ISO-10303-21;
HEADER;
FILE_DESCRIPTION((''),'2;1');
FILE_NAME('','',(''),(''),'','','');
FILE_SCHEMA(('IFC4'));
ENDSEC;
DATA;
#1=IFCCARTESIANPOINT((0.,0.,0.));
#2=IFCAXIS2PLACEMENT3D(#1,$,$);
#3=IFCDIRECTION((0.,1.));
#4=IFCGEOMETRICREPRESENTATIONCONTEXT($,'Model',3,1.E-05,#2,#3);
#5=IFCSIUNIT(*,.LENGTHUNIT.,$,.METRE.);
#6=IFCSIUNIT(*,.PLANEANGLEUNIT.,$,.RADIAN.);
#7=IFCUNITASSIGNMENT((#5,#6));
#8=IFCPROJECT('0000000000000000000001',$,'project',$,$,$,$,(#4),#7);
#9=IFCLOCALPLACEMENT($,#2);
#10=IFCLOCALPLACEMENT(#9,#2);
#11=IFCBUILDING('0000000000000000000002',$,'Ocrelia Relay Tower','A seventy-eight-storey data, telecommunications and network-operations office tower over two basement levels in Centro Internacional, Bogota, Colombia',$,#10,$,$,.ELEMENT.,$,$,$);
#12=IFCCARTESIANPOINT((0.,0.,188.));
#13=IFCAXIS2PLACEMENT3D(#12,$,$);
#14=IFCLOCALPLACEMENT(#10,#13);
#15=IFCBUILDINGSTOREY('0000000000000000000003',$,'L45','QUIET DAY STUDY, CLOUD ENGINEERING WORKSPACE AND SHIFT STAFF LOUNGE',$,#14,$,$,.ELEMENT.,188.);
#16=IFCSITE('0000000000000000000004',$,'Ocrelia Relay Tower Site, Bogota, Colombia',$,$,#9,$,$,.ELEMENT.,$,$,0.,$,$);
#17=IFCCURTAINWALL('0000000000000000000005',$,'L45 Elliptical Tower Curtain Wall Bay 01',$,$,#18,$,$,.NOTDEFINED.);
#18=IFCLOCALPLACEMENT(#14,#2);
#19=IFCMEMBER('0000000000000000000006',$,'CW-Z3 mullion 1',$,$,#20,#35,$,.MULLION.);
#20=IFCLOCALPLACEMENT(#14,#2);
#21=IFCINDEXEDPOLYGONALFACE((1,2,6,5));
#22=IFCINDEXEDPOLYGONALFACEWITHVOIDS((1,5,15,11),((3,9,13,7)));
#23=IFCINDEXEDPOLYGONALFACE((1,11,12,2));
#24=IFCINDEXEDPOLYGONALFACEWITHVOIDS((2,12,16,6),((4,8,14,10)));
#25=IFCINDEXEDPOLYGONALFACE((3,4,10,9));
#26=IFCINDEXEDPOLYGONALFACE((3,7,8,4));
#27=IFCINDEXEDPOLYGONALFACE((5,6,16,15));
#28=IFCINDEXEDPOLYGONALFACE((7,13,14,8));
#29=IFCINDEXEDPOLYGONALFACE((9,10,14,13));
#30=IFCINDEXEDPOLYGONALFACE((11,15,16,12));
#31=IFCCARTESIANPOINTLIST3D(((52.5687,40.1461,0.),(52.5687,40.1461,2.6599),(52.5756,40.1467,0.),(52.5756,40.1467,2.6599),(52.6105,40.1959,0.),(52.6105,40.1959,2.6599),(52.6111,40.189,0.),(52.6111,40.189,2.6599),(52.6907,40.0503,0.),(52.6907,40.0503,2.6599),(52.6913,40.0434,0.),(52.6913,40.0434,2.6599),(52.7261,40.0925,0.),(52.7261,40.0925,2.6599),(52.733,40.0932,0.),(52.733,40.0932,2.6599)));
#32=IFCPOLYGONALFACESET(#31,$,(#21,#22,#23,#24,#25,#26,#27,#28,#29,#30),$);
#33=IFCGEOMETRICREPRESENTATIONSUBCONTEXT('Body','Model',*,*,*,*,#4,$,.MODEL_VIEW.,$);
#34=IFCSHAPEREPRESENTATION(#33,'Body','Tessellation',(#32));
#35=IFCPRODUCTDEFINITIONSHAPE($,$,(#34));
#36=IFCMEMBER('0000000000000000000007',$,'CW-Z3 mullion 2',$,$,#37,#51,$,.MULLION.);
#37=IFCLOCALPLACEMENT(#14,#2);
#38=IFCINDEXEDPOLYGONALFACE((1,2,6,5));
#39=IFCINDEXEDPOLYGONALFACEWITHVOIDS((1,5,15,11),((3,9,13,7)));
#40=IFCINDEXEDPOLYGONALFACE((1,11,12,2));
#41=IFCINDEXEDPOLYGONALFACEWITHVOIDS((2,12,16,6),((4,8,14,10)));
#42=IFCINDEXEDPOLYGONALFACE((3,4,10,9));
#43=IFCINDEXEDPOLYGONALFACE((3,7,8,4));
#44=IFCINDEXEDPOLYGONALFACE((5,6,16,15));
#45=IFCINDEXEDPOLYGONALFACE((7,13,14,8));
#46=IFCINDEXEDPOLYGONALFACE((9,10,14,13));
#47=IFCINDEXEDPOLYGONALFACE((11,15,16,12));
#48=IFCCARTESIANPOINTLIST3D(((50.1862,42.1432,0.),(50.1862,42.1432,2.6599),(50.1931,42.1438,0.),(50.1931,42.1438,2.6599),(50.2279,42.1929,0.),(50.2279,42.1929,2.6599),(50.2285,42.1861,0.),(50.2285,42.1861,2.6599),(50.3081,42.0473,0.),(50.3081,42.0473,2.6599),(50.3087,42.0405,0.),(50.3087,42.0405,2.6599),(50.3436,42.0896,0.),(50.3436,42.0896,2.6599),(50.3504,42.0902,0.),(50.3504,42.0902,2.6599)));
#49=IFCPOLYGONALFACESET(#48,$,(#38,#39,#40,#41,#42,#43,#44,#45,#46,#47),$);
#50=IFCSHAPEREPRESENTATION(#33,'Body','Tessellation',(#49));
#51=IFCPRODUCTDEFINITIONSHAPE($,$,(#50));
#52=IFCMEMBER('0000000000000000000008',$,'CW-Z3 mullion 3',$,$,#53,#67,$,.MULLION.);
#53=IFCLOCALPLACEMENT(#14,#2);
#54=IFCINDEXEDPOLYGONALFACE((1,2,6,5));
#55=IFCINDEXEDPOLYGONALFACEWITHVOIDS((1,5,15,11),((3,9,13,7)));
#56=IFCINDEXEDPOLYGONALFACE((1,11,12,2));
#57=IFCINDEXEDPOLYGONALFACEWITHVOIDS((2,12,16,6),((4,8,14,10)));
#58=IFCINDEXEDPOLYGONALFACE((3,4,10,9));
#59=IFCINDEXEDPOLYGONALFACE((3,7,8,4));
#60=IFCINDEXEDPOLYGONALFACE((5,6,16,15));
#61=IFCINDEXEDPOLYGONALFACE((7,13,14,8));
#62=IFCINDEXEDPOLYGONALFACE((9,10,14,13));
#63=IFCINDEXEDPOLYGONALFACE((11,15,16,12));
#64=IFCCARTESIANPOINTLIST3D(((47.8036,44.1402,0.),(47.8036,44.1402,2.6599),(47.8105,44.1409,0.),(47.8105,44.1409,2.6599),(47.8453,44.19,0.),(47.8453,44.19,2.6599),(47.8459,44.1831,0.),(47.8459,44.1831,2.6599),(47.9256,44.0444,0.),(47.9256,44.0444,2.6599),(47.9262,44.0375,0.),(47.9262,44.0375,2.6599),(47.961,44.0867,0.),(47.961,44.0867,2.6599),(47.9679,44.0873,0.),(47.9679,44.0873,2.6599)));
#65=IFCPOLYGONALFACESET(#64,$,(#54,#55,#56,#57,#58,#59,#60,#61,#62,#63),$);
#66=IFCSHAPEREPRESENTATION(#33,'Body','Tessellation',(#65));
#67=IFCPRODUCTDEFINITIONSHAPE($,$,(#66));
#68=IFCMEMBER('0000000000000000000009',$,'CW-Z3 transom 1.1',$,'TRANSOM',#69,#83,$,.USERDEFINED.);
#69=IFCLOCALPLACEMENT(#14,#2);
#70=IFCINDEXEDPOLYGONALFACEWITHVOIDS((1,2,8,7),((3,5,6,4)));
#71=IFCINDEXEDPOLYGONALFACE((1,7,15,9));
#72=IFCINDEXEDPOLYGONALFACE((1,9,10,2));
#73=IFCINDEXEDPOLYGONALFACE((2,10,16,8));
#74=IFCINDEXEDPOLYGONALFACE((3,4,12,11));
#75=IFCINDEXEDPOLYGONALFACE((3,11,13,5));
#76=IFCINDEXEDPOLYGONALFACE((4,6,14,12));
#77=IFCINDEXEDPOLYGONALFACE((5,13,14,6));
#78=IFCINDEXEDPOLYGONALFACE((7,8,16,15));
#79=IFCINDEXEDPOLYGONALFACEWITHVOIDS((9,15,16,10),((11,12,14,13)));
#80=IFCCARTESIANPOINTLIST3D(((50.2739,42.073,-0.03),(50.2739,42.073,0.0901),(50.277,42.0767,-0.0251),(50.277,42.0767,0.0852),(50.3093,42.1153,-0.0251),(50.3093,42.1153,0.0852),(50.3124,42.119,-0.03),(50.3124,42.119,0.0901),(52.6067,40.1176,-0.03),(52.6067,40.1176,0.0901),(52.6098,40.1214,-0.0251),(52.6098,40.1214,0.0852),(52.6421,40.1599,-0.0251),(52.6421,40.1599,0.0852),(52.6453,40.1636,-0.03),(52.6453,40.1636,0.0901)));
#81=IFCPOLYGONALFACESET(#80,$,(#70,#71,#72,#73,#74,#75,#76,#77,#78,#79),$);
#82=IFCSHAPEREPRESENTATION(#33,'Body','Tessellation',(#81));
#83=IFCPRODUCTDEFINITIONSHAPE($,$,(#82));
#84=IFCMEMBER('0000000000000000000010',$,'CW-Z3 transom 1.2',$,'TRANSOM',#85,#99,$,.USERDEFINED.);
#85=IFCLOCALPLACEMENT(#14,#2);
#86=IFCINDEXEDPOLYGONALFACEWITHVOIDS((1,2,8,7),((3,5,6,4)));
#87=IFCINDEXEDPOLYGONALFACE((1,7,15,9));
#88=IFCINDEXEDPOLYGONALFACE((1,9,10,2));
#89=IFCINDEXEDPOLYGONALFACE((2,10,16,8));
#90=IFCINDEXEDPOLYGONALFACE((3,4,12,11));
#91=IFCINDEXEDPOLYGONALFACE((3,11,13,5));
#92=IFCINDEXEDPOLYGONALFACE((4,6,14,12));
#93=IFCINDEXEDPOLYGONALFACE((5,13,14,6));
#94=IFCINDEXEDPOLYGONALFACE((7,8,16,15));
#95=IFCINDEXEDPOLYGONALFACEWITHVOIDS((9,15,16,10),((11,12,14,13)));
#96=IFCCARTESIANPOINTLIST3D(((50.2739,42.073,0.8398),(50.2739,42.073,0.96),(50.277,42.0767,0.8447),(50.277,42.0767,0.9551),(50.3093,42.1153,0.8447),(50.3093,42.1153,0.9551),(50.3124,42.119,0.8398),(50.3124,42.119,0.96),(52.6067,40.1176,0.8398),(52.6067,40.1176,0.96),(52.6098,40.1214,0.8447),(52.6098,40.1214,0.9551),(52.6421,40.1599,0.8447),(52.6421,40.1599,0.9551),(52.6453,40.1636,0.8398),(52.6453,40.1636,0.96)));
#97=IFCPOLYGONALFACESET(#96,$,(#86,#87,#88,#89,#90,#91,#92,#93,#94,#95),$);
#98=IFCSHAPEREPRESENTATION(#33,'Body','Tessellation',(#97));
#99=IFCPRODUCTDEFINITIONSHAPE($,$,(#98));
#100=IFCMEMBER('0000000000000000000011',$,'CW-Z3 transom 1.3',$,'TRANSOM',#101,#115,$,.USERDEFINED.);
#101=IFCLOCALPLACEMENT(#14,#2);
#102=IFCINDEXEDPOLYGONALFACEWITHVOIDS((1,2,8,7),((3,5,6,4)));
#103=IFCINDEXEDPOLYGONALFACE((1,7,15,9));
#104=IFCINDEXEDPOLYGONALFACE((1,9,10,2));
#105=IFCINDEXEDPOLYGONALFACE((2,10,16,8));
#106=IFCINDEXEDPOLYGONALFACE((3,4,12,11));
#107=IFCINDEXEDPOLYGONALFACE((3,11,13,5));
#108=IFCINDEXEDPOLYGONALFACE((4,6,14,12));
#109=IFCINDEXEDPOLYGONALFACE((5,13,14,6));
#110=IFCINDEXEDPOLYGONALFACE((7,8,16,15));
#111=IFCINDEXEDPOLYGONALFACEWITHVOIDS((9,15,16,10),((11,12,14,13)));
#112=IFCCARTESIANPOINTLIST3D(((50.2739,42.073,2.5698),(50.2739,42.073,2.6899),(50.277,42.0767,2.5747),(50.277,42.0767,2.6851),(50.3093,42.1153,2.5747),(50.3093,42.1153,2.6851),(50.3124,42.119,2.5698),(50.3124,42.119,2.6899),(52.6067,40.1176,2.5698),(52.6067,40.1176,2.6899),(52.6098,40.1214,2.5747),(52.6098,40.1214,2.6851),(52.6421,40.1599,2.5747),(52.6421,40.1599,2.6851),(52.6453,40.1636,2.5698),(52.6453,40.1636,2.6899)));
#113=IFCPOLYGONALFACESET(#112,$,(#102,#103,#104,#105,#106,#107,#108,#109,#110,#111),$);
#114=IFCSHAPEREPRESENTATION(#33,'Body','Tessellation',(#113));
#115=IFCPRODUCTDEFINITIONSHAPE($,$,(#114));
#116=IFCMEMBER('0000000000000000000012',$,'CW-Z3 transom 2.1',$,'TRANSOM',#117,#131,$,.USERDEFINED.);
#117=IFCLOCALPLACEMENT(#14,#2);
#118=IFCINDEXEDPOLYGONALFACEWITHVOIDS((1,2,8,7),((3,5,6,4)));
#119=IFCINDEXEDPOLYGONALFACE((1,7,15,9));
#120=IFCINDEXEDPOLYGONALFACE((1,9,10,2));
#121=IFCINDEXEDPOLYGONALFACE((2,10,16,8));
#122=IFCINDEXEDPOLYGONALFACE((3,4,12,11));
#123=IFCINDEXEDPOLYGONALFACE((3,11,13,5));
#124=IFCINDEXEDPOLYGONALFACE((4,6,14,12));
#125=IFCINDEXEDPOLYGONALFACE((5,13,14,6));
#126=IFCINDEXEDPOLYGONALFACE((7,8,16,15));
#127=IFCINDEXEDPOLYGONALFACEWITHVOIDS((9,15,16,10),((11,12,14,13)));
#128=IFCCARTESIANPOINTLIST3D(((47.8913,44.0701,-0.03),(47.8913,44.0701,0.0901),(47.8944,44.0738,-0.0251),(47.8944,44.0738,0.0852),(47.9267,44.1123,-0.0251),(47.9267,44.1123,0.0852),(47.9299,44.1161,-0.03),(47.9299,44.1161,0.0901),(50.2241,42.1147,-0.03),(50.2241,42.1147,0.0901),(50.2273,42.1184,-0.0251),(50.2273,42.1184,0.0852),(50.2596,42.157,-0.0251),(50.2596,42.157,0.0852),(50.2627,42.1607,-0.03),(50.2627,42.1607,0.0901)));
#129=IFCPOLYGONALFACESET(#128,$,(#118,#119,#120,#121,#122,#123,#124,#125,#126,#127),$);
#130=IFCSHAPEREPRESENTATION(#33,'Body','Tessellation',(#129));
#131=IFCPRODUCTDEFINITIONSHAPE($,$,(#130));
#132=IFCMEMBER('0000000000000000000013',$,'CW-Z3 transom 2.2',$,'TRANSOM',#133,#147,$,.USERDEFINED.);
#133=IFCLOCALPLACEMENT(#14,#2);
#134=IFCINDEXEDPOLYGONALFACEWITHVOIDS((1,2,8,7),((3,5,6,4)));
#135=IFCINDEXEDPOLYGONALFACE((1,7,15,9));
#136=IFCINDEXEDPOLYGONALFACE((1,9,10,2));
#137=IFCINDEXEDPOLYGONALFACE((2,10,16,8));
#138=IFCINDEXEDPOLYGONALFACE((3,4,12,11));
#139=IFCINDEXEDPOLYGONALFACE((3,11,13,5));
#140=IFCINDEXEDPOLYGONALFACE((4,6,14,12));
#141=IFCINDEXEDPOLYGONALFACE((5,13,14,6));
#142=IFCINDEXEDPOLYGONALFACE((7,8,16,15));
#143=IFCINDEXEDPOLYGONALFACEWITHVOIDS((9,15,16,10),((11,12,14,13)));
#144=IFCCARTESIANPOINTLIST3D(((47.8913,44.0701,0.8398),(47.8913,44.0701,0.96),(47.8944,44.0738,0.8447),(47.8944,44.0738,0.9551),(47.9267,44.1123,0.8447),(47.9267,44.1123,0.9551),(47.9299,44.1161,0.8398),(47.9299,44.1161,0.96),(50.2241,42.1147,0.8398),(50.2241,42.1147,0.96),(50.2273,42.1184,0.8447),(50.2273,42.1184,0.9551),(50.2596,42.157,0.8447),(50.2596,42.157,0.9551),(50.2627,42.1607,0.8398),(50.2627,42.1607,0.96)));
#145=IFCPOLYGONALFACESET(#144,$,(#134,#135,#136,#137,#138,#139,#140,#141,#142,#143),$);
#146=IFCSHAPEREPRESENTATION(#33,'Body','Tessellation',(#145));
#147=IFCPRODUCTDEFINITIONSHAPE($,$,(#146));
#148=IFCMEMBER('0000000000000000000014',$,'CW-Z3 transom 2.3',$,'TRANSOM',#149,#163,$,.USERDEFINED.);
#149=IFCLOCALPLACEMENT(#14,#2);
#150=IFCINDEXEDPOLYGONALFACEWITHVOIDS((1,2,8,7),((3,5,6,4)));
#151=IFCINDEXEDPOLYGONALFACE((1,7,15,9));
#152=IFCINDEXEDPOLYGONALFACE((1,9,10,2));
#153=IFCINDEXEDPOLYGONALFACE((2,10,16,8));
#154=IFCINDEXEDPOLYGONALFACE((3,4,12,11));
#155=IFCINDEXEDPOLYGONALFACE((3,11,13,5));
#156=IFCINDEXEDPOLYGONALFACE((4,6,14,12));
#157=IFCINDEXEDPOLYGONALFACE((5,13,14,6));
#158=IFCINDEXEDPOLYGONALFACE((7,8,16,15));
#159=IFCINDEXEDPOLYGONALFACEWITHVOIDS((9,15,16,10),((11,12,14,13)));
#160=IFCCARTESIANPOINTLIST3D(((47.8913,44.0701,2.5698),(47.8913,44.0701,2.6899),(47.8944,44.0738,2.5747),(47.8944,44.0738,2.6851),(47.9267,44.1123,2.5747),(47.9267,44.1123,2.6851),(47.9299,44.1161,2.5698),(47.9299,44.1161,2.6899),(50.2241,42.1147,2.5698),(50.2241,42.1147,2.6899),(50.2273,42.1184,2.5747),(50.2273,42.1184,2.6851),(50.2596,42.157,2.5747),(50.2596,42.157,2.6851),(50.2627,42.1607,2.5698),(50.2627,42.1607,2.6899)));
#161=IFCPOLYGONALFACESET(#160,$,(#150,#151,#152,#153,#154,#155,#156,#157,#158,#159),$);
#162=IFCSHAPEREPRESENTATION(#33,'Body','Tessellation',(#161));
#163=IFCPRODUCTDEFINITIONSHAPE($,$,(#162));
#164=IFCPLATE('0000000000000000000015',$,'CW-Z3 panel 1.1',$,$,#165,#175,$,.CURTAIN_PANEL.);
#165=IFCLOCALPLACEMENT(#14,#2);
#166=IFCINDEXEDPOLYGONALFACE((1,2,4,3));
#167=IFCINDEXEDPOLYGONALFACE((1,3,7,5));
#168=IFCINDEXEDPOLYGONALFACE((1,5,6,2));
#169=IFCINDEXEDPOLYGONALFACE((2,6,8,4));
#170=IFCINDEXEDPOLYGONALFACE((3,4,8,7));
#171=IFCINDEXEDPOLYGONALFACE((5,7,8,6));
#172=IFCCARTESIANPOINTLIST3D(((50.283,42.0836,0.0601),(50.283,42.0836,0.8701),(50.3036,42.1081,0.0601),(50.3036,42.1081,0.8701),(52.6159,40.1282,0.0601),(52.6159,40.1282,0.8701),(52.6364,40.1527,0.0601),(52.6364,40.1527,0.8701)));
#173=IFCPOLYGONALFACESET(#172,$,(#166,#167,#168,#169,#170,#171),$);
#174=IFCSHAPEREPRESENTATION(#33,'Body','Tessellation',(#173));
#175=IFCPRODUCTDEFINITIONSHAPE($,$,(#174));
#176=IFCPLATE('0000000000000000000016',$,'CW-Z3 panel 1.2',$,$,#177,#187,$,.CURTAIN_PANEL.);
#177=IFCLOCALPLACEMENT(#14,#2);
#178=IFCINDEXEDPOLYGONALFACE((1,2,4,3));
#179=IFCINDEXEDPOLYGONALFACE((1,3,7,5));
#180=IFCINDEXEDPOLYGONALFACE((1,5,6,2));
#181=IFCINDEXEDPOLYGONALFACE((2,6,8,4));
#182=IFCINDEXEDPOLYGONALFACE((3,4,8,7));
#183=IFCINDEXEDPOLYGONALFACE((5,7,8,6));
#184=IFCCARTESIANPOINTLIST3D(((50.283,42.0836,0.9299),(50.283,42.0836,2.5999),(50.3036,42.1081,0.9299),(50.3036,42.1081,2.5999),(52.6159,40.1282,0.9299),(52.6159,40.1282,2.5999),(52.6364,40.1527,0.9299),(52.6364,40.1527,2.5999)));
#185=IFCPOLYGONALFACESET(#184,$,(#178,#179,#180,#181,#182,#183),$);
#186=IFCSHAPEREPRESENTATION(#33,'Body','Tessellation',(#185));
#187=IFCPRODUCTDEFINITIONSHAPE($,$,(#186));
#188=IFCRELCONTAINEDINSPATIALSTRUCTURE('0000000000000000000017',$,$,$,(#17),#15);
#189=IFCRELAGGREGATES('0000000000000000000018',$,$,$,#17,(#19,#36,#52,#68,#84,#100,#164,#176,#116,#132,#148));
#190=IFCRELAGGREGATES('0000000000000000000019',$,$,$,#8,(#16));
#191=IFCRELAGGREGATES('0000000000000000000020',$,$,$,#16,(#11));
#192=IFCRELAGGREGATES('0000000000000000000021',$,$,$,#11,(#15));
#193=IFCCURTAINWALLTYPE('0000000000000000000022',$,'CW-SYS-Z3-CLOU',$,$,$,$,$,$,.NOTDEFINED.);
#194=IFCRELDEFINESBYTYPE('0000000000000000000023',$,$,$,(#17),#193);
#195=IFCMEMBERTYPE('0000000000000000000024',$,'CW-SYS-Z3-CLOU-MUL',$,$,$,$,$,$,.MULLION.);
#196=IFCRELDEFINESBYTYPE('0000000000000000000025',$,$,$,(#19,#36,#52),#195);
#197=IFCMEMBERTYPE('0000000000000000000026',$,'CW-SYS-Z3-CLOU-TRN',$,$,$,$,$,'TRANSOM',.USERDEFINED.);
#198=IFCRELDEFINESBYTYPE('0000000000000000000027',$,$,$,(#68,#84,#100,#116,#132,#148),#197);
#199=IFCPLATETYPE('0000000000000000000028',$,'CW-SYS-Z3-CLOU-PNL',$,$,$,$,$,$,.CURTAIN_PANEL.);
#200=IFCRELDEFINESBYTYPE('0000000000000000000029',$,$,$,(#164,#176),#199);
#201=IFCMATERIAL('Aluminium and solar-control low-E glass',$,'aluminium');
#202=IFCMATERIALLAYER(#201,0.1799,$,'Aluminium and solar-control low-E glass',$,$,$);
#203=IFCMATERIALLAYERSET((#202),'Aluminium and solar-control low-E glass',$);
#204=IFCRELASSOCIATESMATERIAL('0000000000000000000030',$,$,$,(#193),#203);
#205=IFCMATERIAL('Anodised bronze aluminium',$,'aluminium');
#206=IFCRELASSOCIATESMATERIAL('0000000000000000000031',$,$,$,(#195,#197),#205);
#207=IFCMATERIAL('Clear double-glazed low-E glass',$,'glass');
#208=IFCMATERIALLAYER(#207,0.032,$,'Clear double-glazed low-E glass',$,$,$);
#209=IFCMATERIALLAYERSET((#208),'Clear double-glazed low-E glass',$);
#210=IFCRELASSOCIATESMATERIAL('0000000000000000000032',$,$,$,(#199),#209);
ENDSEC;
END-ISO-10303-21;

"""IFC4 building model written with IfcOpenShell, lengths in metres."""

from ifc_helpers import new_model, si_unit, direction, frame, origin, origin_2d, place, context, subcontext, project, spatial, rectangle, hollow_rectangle, extrude, material, layer, layer_set, material_profile, profile_set, type_object, element, aggregate, save


model = new_model("IFC4")

# Units and contexts
model_context = context("Model", 3, precision=1e-05, world=origin(), true_north=direction((0.0, 1.0)))
body_context = subcontext(model_context, "Body", "Model", "MODEL_VIEW")
ifc_project = project(units=[si_unit("LENGTHUNIT", "METRE"), si_unit("PLANEANGLEUNIT", "RADIAN")], contexts=[model_context])

# Site, building, storey
site_placement = place(None, origin())
site = spatial("IfcSite", under=ifc_project, at=site_placement, Name="Ocrelia Relay Tower Site, Bogota, Colombia", CompositionType="ELEMENT", RefElevation=0.0)
building_placement = place(site_placement, origin())
building = spatial("IfcBuilding", under=site, at=building_placement, Name="Ocrelia Relay Tower", Description="A seventy-eight-storey data, telecommunications and network-operations office tower over two basement levels in Centro Internacional, Bogota, Colombia", CompositionType="ELEMENT")
storey_placement = place(building_placement, frame((0.0, 0.0, 188.0)))
storey = spatial("IfcBuildingStorey", under=building, at=storey_placement, Name="L45", Description="QUIET DAY STUDY, CLOUD ENGINEERING WORKSPACE AND SHIFT STAFF LOUNGE", CompositionType="ELEMENT", Elevation=188.0)

# Curtain wall, members, plates
ifc_material_1 = material(Name="Aluminium and solar-control low-E glass", Category="aluminium")
ifc_layer_1 = layer(ifc_material_1, 0.1799, Name="Aluminium and solar-control low-E glass")
ifc_layer_set_1 = layer_set([ifc_layer_1], Name="Aluminium and solar-control low-E glass")
curtain_wall_type = type_object("IfcCurtainWallType", Name="CW-SYS-Z3-CLOU", PredefinedType="NOTDEFINED", material=ifc_layer_set_1)
curtain_wall_placement = place(storey_placement, origin())
curtain_wall = element("IfcCurtainWall", 1, at=curtain_wall_placement, inside=storey, type_object=curtain_wall_type, Name="L45 Elliptical Tower Curtain Wall Bay 01", PredefinedType="NOTDEFINED")
ifc_material_2 = material(Name="Anodised bronze aluminium", Category="aluminium")
ifc_material_profile_1 = material_profile(ifc_material_2, hollow_rectangle(XDim=0.0649, YDim=0.1599, WallThickness=0.0049, at=origin_2d()), Name="CW-MUL-160x65")
ifc_profile_set_1 = profile_set([ifc_material_profile_1], Name="Anodised bronze aluminium")
member_type_1 = type_object("IfcMemberType", Name="CW-SYS-Z3-CLOU-MUL", PredefinedType="MULLION", material=ifc_profile_set_1)
member_1_placement = place(storey_placement, frame((52.6509, 40.1196, 0.0), z_axis=(0.0, 0.0, 1.0), x_axis=(-0.64238, -0.766386, 0.0)))
member_1 = element("IfcMember", 2, at=member_1_placement, type_object=member_type_1, Name="CW-Z3 mullion 1", PredefinedType="MULLION", context=body_context, shape_type="SweptSolid", body=[
    extrude(hollow_rectangle(XDim=0.0649, YDim=0.1599, WallThickness=0.0049, at=origin_2d()), origin(), (0.0, 0.0, 1.0), 2.6599),
])
member_2_placement = place(storey_placement, frame((50.2683, 42.1167, 0.0), z_axis=(0.0, 0.0, 1.0), x_axis=(-0.64238, -0.766386, 0.0)))
member_2 = element("IfcMember", 3, at=member_2_placement, type_object=member_type_1, Name="CW-Z3 mullion 2", PredefinedType="MULLION", context=body_context, shape_type="SweptSolid", body=[
    extrude(hollow_rectangle(XDim=0.0649, YDim=0.1599, WallThickness=0.0049, at=origin_2d()), origin(), (0.0, 0.0, 1.0), 2.6599),
])
member_3_placement = place(storey_placement, frame((47.8857, 44.1138, 0.0), z_axis=(0.0, 0.0, 1.0), x_axis=(-0.64238, -0.766386, 0.0)))
member_3 = element("IfcMember", 4, at=member_3_placement, type_object=member_type_1, Name="CW-Z3 mullion 3", PredefinedType="MULLION", context=body_context, shape_type="SweptSolid", body=[
    extrude(hollow_rectangle(XDim=0.0649, YDim=0.1599, WallThickness=0.0049, at=origin_2d()), origin(), (0.0, 0.0, 1.0), 2.6599),
])
ifc_material_profile_2 = material_profile(ifc_material_2, hollow_rectangle(XDim=0.0601, YDim=0.1201, WallThickness=0.0049, at=origin_2d()), Name="CW-TRN-120x60")
ifc_profile_set_2 = profile_set([ifc_material_profile_2], Name="Anodised bronze aluminium")
member_type_2 = type_object("IfcMemberType", Name="CW-SYS-Z3-CLOU-TRN", ElementType="TRANSOM", PredefinedType="USERDEFINED", material=ifc_profile_set_2)
member_4_placement = place(storey_placement, frame((52.626, 40.1406, 0.03), z_axis=(-0.766384, 0.642383, 0.0), x_axis=(-0.642383, -0.766384, 0.0)))
member_4 = element("IfcMember", 5, at=member_4_placement, type_object=member_type_2, Name="CW-Z3 transom 1.1", ObjectType="TRANSOM", PredefinedType="USERDEFINED", context=body_context, shape_type="SweptSolid", body=[
    extrude(hollow_rectangle(XDim=0.0601, YDim=0.1201, WallThickness=0.0049, at=origin_2d()), origin(), (0.0, 0.0, 1.0), 3.0439),
])
member_5_placement = place(storey_placement, frame((52.626, 40.1406, 0.8999), z_axis=(-0.766384, 0.642383, 0.0), x_axis=(-0.642383, -0.766384, 0.0)))
member_5 = element("IfcMember", 6, at=member_5_placement, type_object=member_type_2, Name="CW-Z3 transom 1.2", ObjectType="TRANSOM", PredefinedType="USERDEFINED", context=body_context, shape_type="SweptSolid", body=[
    extrude(hollow_rectangle(XDim=0.0601, YDim=0.1201, WallThickness=0.0049, at=origin_2d()), origin(), (0.0, 0.0, 1.0), 3.0439),
])
member_6_placement = place(storey_placement, frame((52.626, 40.1406, 2.6299), z_axis=(-0.766384, 0.642383, 0.0), x_axis=(-0.642383, -0.766384, 0.0)))
member_6 = element("IfcMember", 7, at=member_6_placement, type_object=member_type_2, Name="CW-Z3 transom 1.3", ObjectType="TRANSOM", PredefinedType="USERDEFINED", context=body_context, shape_type="SweptSolid", body=[
    extrude(hollow_rectangle(XDim=0.0601, YDim=0.1201, WallThickness=0.0049, at=origin_2d()), origin(), (0.0, 0.0, 1.0), 3.0439),
])
member_7_placement = place(storey_placement, frame((50.2434, 42.1377, 0.03), z_axis=(-0.766384, 0.642383, 0.0), x_axis=(-0.642383, -0.766384, 0.0)))
member_7 = element("IfcMember", 8, at=member_7_placement, type_object=member_type_2, Name="CW-Z3 transom 2.1", ObjectType="TRANSOM", PredefinedType="USERDEFINED", context=body_context, shape_type="SweptSolid", body=[
    extrude(hollow_rectangle(XDim=0.0601, YDim=0.1201, WallThickness=0.0049, at=origin_2d()), origin(), (0.0, 0.0, 1.0), 3.0439),
])
member_8_placement = place(storey_placement, frame((50.2434, 42.1377, 0.8999), z_axis=(-0.766384, 0.642383, 0.0), x_axis=(-0.642383, -0.766384, 0.0)))
member_8 = element("IfcMember", 9, at=member_8_placement, type_object=member_type_2, Name="CW-Z3 transom 2.2", ObjectType="TRANSOM", PredefinedType="USERDEFINED", context=body_context, shape_type="SweptSolid", body=[
    extrude(hollow_rectangle(XDim=0.0601, YDim=0.1201, WallThickness=0.0049, at=origin_2d()), origin(), (0.0, 0.0, 1.0), 3.0439),
])
member_9_placement = place(storey_placement, frame((50.2434, 42.1377, 2.6299), z_axis=(-0.766384, 0.642383, 0.0), x_axis=(-0.642383, -0.766384, 0.0)))
member_9 = element("IfcMember", 10, at=member_9_placement, type_object=member_type_2, Name="CW-Z3 transom 2.3", ObjectType="TRANSOM", PredefinedType="USERDEFINED", context=body_context, shape_type="SweptSolid", body=[
    extrude(hollow_rectangle(XDim=0.0601, YDim=0.1201, WallThickness=0.0049, at=origin_2d()), origin(), (0.0, 0.0, 1.0), 3.0439),
])
ifc_material_3 = material(Name="Clear double-glazed low-E glass", Category="glass")
ifc_layer_2 = layer(ifc_material_3, 0.032, Name="Clear double-glazed low-E glass")
ifc_layer_set_2 = layer_set([ifc_layer_2], Name="Clear double-glazed low-E glass")
plate_type = type_object("IfcPlateType", Name="CW-SYS-Z3-CLOU-PNL", PredefinedType="CURTAIN_PANEL", material=ifc_layer_set_2)
plate_1_placement = place(storey_placement, frame((51.4597, 41.1182, 0.0601), z_axis=(0.0, 0.0, 1.0), x_axis=(-0.766386, 0.64238, 0.0)))
plate_1 = element("IfcPlate", 11, at=plate_1_placement, type_object=plate_type, Name="CW-Z3 panel 1.1", PredefinedType="CURTAIN_PANEL", context=body_context, shape_type="SweptSolid", body=[
    extrude(rectangle(XDim=3.0439, YDim=0.032, at=origin_2d()), origin(), (0.0, 0.0, 1.0), 0.8101),
])
plate_2_placement = place(storey_placement, frame((51.4597, 41.1182, 0.9299), z_axis=(0.0, 0.0, 1.0), x_axis=(-0.766386, 0.64238, 0.0)))
plate_2 = element("IfcPlate", 12, at=plate_2_placement, type_object=plate_type, Name="CW-Z3 panel 1.2", PredefinedType="CURTAIN_PANEL", context=body_context, shape_type="SweptSolid", body=[
    extrude(rectangle(XDim=3.0439, YDim=0.032, at=origin_2d()), origin(), (0.0, 0.0, 1.0), 1.6699),
])
aggregate(curtain_wall, [member_1, member_2, member_3, member_4, member_5, member_6, plate_1, plate_2, member_7, member_8, member_9])

save(model, "model.ifc")
